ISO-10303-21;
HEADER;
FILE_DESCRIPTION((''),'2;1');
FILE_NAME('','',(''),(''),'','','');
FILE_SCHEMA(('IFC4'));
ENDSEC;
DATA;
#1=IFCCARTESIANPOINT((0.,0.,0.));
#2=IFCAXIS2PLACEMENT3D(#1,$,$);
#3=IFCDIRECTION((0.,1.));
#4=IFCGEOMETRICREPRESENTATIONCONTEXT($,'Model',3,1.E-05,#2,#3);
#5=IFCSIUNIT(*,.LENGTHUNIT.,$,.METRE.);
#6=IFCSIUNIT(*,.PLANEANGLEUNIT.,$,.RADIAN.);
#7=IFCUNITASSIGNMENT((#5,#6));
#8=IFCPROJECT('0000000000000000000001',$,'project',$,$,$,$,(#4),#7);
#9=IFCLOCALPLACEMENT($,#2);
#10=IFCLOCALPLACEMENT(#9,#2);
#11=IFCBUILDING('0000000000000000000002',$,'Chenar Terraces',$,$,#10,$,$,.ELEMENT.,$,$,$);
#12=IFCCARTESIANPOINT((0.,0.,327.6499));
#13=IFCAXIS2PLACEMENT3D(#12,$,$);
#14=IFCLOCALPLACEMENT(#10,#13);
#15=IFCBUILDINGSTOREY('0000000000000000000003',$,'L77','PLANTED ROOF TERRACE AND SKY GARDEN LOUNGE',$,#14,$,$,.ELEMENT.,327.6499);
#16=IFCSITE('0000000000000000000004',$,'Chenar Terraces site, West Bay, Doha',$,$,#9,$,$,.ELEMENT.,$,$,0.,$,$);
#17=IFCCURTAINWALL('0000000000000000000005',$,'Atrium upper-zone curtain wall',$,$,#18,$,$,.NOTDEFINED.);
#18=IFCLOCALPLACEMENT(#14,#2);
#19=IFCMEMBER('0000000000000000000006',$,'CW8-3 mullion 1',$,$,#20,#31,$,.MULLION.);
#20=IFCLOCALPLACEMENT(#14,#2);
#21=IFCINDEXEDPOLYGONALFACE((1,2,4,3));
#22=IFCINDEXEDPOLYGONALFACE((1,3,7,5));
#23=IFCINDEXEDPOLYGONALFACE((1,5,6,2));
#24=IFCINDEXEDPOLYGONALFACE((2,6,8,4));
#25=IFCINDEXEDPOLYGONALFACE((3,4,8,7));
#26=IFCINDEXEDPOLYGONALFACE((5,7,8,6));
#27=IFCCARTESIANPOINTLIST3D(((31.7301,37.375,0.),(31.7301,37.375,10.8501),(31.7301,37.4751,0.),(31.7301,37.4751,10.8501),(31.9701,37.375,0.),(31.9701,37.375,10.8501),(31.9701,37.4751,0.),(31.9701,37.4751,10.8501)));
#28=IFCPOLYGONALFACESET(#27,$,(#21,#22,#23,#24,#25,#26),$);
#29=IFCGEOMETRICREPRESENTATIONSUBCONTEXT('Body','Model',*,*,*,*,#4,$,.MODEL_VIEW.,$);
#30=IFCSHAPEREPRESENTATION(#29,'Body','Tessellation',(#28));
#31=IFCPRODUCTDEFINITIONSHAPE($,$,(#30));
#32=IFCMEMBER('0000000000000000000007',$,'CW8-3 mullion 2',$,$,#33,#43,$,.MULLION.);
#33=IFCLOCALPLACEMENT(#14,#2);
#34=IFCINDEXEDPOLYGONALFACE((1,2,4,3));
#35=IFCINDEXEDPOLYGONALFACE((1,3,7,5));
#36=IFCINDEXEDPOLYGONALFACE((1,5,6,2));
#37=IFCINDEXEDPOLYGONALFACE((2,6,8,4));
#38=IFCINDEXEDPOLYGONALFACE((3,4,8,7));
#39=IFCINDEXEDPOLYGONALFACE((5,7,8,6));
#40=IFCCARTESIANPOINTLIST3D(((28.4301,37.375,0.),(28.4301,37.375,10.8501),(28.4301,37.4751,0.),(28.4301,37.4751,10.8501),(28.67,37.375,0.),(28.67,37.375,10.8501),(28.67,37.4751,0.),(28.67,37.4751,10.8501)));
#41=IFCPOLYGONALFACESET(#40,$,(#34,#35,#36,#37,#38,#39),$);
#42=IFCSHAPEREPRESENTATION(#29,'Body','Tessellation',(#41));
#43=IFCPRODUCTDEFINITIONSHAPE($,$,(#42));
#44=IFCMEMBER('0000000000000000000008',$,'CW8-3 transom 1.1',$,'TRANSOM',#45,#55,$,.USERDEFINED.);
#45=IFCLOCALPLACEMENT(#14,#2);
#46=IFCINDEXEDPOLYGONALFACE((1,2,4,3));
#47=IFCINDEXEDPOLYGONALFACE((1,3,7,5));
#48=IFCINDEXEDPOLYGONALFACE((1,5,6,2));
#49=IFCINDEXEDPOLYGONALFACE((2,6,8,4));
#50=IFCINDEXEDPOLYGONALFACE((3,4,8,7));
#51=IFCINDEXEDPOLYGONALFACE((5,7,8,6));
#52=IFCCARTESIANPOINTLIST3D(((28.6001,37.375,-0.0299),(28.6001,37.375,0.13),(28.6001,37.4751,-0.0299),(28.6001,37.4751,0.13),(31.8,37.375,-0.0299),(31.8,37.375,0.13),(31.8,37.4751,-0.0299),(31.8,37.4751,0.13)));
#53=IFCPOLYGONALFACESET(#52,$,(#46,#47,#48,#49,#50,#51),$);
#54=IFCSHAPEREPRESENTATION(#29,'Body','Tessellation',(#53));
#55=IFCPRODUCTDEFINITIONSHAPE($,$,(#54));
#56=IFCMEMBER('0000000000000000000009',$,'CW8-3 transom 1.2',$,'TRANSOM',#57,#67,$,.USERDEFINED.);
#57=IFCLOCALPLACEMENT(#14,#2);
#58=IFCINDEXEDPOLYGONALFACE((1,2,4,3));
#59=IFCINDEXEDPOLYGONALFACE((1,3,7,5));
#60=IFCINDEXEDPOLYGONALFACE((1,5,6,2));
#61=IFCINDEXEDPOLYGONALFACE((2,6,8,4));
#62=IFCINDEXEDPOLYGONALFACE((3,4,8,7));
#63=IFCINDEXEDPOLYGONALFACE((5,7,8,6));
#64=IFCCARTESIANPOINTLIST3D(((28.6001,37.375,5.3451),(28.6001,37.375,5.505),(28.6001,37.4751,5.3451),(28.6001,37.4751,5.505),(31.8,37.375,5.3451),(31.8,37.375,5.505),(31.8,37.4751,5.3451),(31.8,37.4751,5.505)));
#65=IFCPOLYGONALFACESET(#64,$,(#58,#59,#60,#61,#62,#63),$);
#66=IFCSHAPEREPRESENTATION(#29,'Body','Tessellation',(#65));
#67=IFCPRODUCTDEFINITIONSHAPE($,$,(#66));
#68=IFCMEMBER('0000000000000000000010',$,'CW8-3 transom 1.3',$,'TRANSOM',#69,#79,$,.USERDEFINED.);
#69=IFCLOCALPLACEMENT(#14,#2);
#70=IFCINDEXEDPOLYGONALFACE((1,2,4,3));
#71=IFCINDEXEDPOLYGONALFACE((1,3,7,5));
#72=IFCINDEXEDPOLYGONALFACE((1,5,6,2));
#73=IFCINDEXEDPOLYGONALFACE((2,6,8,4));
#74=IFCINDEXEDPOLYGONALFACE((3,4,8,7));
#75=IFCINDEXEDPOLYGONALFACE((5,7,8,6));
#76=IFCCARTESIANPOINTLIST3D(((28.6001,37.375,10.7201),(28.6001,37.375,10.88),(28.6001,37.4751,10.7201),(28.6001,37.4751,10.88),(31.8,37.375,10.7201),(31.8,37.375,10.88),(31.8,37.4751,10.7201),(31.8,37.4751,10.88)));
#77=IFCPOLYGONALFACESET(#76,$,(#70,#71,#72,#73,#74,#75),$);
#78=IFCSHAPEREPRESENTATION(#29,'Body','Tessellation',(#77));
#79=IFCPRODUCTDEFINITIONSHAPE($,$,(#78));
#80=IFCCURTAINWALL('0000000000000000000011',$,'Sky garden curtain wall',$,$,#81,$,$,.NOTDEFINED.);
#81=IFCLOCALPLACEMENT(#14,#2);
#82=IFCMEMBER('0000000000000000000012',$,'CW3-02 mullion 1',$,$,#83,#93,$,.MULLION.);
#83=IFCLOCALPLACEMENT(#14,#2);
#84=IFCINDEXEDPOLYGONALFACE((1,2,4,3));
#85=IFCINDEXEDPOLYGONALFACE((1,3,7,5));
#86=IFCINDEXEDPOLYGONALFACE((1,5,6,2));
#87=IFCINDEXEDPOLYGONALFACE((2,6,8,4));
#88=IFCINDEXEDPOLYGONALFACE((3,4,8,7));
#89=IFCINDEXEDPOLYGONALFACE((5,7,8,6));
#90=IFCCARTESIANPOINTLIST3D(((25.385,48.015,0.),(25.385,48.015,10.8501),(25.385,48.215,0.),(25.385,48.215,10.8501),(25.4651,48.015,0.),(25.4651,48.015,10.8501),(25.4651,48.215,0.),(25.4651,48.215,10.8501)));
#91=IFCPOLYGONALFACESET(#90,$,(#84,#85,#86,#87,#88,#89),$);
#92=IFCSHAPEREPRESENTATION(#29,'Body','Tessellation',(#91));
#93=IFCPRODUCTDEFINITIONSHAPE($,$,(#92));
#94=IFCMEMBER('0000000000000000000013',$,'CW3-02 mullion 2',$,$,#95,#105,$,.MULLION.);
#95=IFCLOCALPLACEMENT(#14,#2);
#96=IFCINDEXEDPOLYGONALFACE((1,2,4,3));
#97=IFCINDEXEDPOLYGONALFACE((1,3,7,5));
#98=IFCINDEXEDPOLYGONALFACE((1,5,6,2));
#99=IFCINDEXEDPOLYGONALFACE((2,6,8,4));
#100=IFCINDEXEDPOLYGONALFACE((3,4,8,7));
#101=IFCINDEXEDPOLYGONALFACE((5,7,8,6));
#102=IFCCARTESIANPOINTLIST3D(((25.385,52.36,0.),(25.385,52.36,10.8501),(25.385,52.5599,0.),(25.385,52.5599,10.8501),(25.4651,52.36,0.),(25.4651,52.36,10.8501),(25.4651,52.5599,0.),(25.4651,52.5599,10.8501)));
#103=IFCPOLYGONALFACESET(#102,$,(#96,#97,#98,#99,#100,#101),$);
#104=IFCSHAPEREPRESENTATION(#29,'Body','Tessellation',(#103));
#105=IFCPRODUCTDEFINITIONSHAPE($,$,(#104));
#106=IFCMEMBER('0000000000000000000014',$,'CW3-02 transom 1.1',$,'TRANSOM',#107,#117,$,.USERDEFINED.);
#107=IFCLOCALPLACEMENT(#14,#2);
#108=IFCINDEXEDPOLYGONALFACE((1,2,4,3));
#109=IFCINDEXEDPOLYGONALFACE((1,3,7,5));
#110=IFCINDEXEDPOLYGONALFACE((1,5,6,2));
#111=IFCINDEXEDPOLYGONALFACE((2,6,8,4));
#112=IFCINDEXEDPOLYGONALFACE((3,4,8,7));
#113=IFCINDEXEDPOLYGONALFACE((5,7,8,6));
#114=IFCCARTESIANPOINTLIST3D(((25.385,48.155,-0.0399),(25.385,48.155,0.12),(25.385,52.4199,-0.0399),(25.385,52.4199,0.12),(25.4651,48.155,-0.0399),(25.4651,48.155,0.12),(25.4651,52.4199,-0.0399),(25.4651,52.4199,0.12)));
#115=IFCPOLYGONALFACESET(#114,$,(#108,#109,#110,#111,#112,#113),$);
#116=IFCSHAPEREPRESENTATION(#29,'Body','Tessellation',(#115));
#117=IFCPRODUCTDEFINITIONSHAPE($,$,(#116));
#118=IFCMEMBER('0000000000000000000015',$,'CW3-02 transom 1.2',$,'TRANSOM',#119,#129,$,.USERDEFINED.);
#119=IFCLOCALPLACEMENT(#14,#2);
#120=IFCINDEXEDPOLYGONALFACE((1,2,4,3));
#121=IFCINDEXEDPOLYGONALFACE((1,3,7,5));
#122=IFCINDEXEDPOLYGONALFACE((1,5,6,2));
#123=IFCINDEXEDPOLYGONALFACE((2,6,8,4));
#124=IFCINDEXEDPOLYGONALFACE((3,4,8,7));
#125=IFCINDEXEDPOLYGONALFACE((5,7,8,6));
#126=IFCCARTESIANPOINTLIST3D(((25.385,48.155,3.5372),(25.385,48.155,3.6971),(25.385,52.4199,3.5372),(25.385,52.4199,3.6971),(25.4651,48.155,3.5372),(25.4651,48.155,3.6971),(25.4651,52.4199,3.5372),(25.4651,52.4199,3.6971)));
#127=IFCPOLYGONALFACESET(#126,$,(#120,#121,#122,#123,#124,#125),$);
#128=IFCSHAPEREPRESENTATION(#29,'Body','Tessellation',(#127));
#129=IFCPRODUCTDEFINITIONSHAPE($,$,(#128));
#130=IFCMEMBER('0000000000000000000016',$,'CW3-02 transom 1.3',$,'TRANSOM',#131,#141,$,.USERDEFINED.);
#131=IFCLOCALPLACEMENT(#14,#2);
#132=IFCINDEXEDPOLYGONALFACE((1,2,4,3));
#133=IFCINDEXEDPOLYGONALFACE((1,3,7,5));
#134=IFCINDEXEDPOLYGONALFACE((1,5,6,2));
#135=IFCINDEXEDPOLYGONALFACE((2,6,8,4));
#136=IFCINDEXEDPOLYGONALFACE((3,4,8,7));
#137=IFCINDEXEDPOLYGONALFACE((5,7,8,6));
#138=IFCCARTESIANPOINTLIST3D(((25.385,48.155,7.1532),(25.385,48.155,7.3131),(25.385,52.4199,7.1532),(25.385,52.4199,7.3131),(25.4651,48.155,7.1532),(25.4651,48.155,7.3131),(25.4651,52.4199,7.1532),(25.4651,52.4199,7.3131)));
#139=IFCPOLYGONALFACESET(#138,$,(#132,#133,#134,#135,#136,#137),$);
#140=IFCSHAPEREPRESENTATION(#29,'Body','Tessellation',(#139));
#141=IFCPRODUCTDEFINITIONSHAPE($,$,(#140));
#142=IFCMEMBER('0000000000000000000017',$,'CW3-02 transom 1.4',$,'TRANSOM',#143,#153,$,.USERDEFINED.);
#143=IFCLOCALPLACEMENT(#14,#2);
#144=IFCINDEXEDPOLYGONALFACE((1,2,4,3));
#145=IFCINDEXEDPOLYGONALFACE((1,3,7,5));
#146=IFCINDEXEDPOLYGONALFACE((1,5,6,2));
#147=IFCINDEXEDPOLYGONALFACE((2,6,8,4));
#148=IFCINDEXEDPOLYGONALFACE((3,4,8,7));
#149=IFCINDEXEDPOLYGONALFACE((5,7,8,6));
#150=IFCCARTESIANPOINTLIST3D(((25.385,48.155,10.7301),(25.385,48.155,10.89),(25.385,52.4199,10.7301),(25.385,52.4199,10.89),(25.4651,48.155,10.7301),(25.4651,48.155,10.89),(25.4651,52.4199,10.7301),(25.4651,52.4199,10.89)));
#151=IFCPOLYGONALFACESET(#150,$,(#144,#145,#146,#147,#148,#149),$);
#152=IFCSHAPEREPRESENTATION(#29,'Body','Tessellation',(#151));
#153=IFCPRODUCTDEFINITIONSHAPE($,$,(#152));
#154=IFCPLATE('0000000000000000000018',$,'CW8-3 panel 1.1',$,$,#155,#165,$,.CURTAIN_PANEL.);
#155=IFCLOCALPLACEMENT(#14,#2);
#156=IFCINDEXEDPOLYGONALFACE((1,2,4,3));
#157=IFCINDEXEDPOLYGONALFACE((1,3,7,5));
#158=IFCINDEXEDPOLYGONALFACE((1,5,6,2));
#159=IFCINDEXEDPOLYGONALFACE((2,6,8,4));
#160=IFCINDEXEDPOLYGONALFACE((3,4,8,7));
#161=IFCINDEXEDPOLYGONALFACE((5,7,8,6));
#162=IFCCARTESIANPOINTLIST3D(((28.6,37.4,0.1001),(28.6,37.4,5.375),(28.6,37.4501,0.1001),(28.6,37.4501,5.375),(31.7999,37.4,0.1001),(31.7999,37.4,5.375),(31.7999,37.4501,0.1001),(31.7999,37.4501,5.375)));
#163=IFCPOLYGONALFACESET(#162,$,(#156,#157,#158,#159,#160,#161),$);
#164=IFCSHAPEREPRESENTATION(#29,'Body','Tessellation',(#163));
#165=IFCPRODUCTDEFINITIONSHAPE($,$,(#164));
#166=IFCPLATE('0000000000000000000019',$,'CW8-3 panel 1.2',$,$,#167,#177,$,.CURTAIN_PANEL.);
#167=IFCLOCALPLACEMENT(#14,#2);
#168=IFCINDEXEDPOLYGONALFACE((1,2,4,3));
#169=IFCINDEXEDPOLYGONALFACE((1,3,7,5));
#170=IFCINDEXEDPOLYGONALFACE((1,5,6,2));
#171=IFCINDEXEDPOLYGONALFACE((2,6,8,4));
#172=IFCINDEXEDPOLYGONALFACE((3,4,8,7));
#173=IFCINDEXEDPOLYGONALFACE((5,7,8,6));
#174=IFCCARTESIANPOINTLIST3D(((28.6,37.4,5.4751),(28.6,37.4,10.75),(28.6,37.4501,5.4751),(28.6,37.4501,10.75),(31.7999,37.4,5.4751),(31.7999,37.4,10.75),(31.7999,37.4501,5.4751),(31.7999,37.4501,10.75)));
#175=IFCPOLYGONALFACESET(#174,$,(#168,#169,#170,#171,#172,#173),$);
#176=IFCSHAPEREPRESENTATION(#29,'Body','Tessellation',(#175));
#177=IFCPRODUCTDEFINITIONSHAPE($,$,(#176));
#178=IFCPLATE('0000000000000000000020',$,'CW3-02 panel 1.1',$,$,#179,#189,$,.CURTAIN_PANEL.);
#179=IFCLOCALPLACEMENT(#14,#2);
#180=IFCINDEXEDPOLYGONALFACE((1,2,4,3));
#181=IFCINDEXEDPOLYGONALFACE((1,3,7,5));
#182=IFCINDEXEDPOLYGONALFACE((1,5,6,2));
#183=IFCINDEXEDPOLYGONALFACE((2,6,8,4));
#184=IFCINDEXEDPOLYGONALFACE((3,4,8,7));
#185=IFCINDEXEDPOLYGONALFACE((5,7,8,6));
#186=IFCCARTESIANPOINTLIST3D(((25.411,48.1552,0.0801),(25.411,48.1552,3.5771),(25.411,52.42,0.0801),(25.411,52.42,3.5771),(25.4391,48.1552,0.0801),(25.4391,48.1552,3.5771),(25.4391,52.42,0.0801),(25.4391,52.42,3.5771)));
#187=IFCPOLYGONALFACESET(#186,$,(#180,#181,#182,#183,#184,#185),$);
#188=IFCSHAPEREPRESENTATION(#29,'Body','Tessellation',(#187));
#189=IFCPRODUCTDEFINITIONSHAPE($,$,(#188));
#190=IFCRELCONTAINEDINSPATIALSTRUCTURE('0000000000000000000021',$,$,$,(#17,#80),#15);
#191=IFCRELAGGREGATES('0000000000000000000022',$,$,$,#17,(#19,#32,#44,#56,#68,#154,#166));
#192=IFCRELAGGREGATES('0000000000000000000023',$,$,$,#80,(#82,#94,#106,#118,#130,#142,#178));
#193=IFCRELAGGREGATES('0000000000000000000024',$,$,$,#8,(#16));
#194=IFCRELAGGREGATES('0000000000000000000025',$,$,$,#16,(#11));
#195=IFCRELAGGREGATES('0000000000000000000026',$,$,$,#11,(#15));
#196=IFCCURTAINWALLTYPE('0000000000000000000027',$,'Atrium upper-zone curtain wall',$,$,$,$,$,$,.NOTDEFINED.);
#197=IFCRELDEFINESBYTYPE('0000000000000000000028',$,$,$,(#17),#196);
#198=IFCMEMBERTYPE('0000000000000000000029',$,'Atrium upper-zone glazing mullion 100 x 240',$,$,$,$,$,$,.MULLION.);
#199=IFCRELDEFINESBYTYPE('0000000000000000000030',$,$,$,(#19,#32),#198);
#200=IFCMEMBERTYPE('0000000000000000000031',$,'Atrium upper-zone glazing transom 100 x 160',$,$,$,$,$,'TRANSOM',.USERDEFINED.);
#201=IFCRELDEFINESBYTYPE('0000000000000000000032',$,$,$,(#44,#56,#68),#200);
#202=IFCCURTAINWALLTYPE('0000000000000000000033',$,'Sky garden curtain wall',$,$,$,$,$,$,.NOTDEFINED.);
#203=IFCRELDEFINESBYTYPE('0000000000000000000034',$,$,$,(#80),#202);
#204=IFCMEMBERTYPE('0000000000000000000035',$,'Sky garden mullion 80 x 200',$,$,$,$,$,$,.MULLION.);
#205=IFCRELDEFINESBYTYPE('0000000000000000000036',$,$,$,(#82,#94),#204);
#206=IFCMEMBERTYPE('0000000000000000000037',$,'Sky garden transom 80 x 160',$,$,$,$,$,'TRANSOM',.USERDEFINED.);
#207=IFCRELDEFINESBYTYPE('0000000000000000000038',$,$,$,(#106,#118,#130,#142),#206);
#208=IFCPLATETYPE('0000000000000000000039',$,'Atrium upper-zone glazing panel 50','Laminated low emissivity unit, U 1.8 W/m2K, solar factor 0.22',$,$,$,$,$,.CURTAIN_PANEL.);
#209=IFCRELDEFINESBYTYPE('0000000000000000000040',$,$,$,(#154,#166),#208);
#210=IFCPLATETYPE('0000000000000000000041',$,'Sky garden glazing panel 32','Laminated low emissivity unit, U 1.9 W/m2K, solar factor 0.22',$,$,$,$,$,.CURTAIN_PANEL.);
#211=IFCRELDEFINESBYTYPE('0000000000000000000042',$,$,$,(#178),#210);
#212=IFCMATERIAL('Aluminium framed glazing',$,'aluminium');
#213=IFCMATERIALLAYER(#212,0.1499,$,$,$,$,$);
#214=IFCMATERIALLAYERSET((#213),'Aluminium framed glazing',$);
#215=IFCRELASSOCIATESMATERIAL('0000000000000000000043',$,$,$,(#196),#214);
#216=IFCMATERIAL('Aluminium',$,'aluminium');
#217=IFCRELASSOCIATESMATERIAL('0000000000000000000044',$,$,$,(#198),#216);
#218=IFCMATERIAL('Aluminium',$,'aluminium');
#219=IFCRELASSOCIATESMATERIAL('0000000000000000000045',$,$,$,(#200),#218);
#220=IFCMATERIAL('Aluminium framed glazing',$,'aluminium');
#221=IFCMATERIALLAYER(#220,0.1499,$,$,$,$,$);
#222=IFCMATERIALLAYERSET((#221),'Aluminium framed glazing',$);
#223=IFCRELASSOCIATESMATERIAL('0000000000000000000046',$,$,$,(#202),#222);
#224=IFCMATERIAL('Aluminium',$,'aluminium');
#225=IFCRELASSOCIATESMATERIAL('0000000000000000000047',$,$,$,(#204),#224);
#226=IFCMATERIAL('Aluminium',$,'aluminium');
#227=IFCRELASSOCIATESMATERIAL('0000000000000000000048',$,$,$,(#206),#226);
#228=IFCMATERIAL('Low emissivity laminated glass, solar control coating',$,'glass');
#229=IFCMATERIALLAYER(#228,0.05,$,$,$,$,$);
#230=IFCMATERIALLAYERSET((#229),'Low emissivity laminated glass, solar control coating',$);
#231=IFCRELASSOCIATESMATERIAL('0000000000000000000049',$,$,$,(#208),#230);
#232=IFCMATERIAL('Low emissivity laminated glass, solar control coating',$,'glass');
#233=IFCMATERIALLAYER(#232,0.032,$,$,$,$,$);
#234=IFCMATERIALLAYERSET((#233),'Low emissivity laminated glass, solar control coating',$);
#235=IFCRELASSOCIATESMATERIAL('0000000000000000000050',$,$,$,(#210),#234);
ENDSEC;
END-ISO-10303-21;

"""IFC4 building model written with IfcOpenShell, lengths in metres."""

from ifc_helpers import new_model, si_unit, direction, frame, origin, origin_2d, place, context, subcontext, project, spatial, rectangle, extrude, material, layer, layer_set, material_profile, profile_set, type_object, element, aggregate, save


model = new_model("IFC4")

# Units and contexts
model_context = context("Model", 3, precision=1e-05, world=origin(), true_north=direction((0.0, 1.0)))
body_context = subcontext(model_context, "Body", "Model", "MODEL_VIEW")
ifc_project = project(units=[si_unit("LENGTHUNIT", "METRE"), si_unit("PLANEANGLEUNIT", "RADIAN")], contexts=[model_context])

# Site, building, storey
site_placement = place(None, origin())
site = spatial("IfcSite", under=ifc_project, at=site_placement, Name="Chenar Terraces site, West Bay, Doha", CompositionType="ELEMENT", RefElevation=0.0)
building_placement = place(site_placement, origin())
building = spatial("IfcBuilding", under=site, at=building_placement, Name="Chenar Terraces", CompositionType="ELEMENT")
storey_placement = place(building_placement, frame((0.0, 0.0, 327.6499)))
storey = spatial("IfcBuildingStorey", under=building, at=storey_placement, Name="L77", Description="PLANTED ROOF TERRACE AND SKY GARDEN LOUNGE", CompositionType="ELEMENT", Elevation=327.6499)

# Curtain walls, members
ifc_material_1 = material(Name="Aluminium framed glazing", Category="aluminium")
ifc_layer_1 = layer(ifc_material_1, 0.1499)
ifc_layer_set_1 = layer_set([ifc_layer_1], Name="Aluminium framed glazing")
curtain_wall_type_1 = type_object("IfcCurtainWallType", Name="Atrium upper-zone curtain wall", PredefinedType="NOTDEFINED", material=ifc_layer_set_1)
placement = place(storey_placement, origin())
curtain_wall_1 = element("IfcCurtainWall", 1, at=placement, inside=storey, type_object=curtain_wall_type_1, Name="Atrium upper-zone curtain wall", PredefinedType="NOTDEFINED")
ifc_material_2 = material(Name="Aluminium", Category="aluminium")
ifc_material_profile_1 = material_profile(ifc_material_2, rectangle(XDim=0.1001, YDim=0.24, at=origin_2d()), Name="Atrium upper-zone glazing mullion 100 x 240")
ifc_profile_set_1 = profile_set([ifc_material_profile_1], Name="Aluminium")
member_type_1 = type_object("IfcMemberType", Name="Atrium upper-zone glazing mullion 100 x 240", PredefinedType="MULLION", material=ifc_profile_set_1)
member_1_placement = place(storey_placement, frame((31.8501, 37.425, 0.0), z_axis=(0.0, 0.0, 1.0), x_axis=(0.0, -1.0, 0.0)))
member_1 = element("IfcMember", 2, at=member_1_placement, type_object=member_type_1, Name="CW8-3 mullion 1", PredefinedType="MULLION", context=body_context, shape_type="SweptSolid", body=[
    extrude(rectangle(XDim=0.1001, YDim=0.24, at=origin_2d()), origin(), (0.0, 0.0, 1.0), 10.8501),
])
member_2_placement = place(storey_placement, frame((28.55, 37.425, 0.0), z_axis=(0.0, 0.0, 1.0), x_axis=(0.0, -1.0, 0.0)))
member_2 = element("IfcMember", 3, at=member_2_placement, type_object=member_type_1, Name="CW8-3 mullion 2", PredefinedType="MULLION", context=body_context, shape_type="SweptSolid", body=[
    extrude(rectangle(XDim=0.1001, YDim=0.24, at=origin_2d()), origin(), (0.0, 0.0, 1.0), 10.8501),
])
ifc_material_3 = material(Name="Aluminium", Category="aluminium")
ifc_material_profile_2 = material_profile(ifc_material_3, rectangle(XDim=0.1001, YDim=0.1599, at=origin_2d()), Name="Atrium upper-zone glazing transom 100 x 160")
ifc_profile_set_2 = profile_set([ifc_material_profile_2], Name="Aluminium")
member_type_2 = type_object("IfcMemberType", Name="Atrium upper-zone glazing transom 100 x 160", ElementType="TRANSOM", PredefinedType="USERDEFINED", material=ifc_profile_set_2)
member_3_placement = place(storey_placement, frame((31.8, 37.425, 0.05), z_axis=(-1.0, 0.0, 0.0), x_axis=(0.0, -1.0, 0.0)))
member_3 = element("IfcMember", 4, at=member_3_placement, type_object=member_type_2, Name="CW8-3 transom 1.1", ObjectType="TRANSOM", PredefinedType="USERDEFINED", context=body_context, shape_type="SweptSolid", body=[
    extrude(rectangle(XDim=0.1001, YDim=0.1599, at=origin_2d()), origin(), (0.0, 0.0, 1.0), 3.2),
])
member_4_placement = place(storey_placement, frame((31.8, 37.425, 5.425), z_axis=(-1.0, 0.0, 0.0), x_axis=(0.0, -1.0, 0.0)))
member_4 = element("IfcMember", 5, at=member_4_placement, type_object=member_type_2, Name="CW8-3 transom 1.2", ObjectType="TRANSOM", PredefinedType="USERDEFINED", context=body_context, shape_type="SweptSolid", body=[
    extrude(rectangle(XDim=0.1001, YDim=0.1599, at=origin_2d()), origin(), (0.0, 0.0, 1.0), 3.2),
])
member_5_placement = place(storey_placement, frame((31.8, 37.425, 10.8), z_axis=(-1.0, 0.0, 0.0), x_axis=(0.0, -1.0, 0.0)))
member_5 = element("IfcMember", 6, at=member_5_placement, type_object=member_type_2, Name="CW8-3 transom 1.3", ObjectType="TRANSOM", PredefinedType="USERDEFINED", context=body_context, shape_type="SweptSolid", body=[
    extrude(rectangle(XDim=0.1001, YDim=0.1599, at=origin_2d()), origin(), (0.0, 0.0, 1.0), 3.2),
])
ifc_material_4 = material(Name="Aluminium framed glazing", Category="aluminium")
ifc_layer_2 = layer(ifc_material_4, 0.1499)
ifc_layer_set_2 = layer_set([ifc_layer_2], Name="Aluminium framed glazing")
curtain_wall_type_2 = type_object("IfcCurtainWallType", Name="Sky garden curtain wall", PredefinedType="NOTDEFINED", material=ifc_layer_set_2)
curtain_wall_2 = element("IfcCurtainWall", 7, at=placement, inside=storey, type_object=curtain_wall_type_2, Name="Sky garden curtain wall", PredefinedType="NOTDEFINED")
ifc_material_5 = material(Name="Aluminium", Category="aluminium")
ifc_material_profile_3 = material_profile(ifc_material_5, rectangle(XDim=0.0801, YDim=0.2, at=origin_2d()), Name="Sky garden mullion 80 x 200")
ifc_profile_set_3 = profile_set([ifc_material_profile_3], Name="Aluminium")
member_type_3 = type_object("IfcMemberType", Name="Sky garden mullion 80 x 200", PredefinedType="MULLION", material=ifc_profile_set_3)
member_6_placement = place(storey_placement, frame((25.425, 48.115, 0.0), z_axis=(0.0, 0.0, 1.0), x_axis=(-1.0, 0.0, 0.0)))
member_6 = element("IfcMember", 8, at=member_6_placement, type_object=member_type_3, Name="CW3-02 mullion 1", PredefinedType="MULLION", context=body_context, shape_type="SweptSolid", body=[
    extrude(rectangle(XDim=0.0801, YDim=0.2, at=origin_2d()), origin(), (0.0, 0.0, 1.0), 10.8501),
])
member_7_placement = place(storey_placement, frame((25.425, 52.46, 0.0), z_axis=(0.0, 0.0, 1.0), x_axis=(-1.0, 0.0, 0.0)))
member_7 = element("IfcMember", 9, at=member_7_placement, type_object=member_type_3, Name="CW3-02 mullion 2", PredefinedType="MULLION", context=body_context, shape_type="SweptSolid", body=[
    extrude(rectangle(XDim=0.0801, YDim=0.2, at=origin_2d()), origin(), (0.0, 0.0, 1.0), 10.8501),
])
ifc_material_6 = material(Name="Aluminium", Category="aluminium")
ifc_material_profile_4 = material_profile(ifc_material_6, rectangle(XDim=0.0801, YDim=0.1599, at=origin_2d()), Name="Sky garden transom 80 x 160")
ifc_profile_set_4 = profile_set([ifc_material_profile_4], Name="Aluminium")
member_type_4 = type_object("IfcMemberType", Name="Sky garden transom 80 x 160", ElementType="TRANSOM", PredefinedType="USERDEFINED", material=ifc_profile_set_4)
member_8_placement = place(storey_placement, frame((25.425, 48.155, 0.04), z_axis=(0.0, 1.0, 0.0), x_axis=(-1.0, 0.0, 0.0)))
member_8 = element("IfcMember", 10, at=member_8_placement, type_object=member_type_4, Name="CW3-02 transom 1.1", ObjectType="TRANSOM", PredefinedType="USERDEFINED", context=body_context, shape_type="SweptSolid", body=[
    extrude(rectangle(XDim=0.0801, YDim=0.1599, at=origin_2d()), origin(), (0.0, 0.0, 1.0), 4.2649),
])
member_9_placement = place(storey_placement, frame((25.425, 48.155, 3.6172), z_axis=(0.0, 1.0, 0.0), x_axis=(-1.0, 0.0, 0.0)))
member_9 = element("IfcMember", 11, at=member_9_placement, type_object=member_type_4, Name="CW3-02 transom 1.2", ObjectType="TRANSOM", PredefinedType="USERDEFINED", context=body_context, shape_type="SweptSolid", body=[
    extrude(rectangle(XDim=0.0801, YDim=0.1599, at=origin_2d()), origin(), (0.0, 0.0, 1.0), 4.2649),
])
member_10_placement = place(storey_placement, frame((25.425, 48.155, 7.2332), z_axis=(0.0, 1.0, 0.0), x_axis=(-1.0, 0.0, 0.0)))
member_10 = element("IfcMember", 12, at=member_10_placement, type_object=member_type_4, Name="CW3-02 transom 1.3", ObjectType="TRANSOM", PredefinedType="USERDEFINED", context=body_context, shape_type="SweptSolid", body=[
    extrude(rectangle(XDim=0.0801, YDim=0.1599, at=origin_2d()), origin(), (0.0, 0.0, 1.0), 4.2649),
])
member_11_placement = place(storey_placement, frame((25.425, 48.155, 10.8101), z_axis=(0.0, 1.0, 0.0), x_axis=(-1.0, 0.0, 0.0)))
member_11 = element("IfcMember", 13, at=member_11_placement, type_object=member_type_4, Name="CW3-02 transom 1.4", ObjectType="TRANSOM", PredefinedType="USERDEFINED", context=body_context, shape_type="SweptSolid", body=[
    extrude(rectangle(XDim=0.0801, YDim=0.1599, at=origin_2d()), origin(), (0.0, 0.0, 1.0), 4.2649),
])

# Plates
ifc_material_7 = material(Name="Low emissivity laminated glass, solar control coating", Category="glass")
ifc_layer_3 = layer(ifc_material_7, 0.05)
ifc_layer_set_3 = layer_set([ifc_layer_3], Name="Low emissivity laminated glass, solar control coating")
plate_type_1 = type_object("IfcPlateType", Name="Atrium upper-zone glazing panel 50", Description="Laminated low emissivity unit, U 1.8 W/m2K, solar factor 0.22", PredefinedType="CURTAIN_PANEL", material=ifc_layer_set_3)
plate_1_placement = place(storey_placement, frame((30.2, 37.425, 0.1001), z_axis=(0.0, 0.0, 1.0), x_axis=(-1.0, 0.0, 0.0)))
plate_1 = element("IfcPlate", 14, at=plate_1_placement, type_object=plate_type_1, Name="CW8-3 panel 1.1", PredefinedType="CURTAIN_PANEL", context=body_context, shape_type="SweptSolid", body=[
    extrude(rectangle(XDim=3.2, YDim=0.05, at=origin_2d()), origin(), (0.0, 0.0, 1.0), 5.2749),
])
plate_2_placement = place(storey_placement, frame((30.2, 37.425, 5.4751), z_axis=(0.0, 0.0, 1.0), x_axis=(-1.0, 0.0, 0.0)))
plate_2 = element("IfcPlate", 15, at=plate_2_placement, type_object=plate_type_1, Name="CW8-3 panel 1.2", PredefinedType="CURTAIN_PANEL", context=body_context, shape_type="SweptSolid", body=[
    extrude(rectangle(XDim=3.2, YDim=0.05, at=origin_2d()), origin(), (0.0, 0.0, 1.0), 5.2749),
])
aggregate(curtain_wall_1, [member_1, member_2, member_3, member_4, member_5, plate_1, plate_2])
ifc_material_8 = material(Name="Low emissivity laminated glass, solar control coating", Category="glass")
ifc_layer_4 = layer(ifc_material_8, 0.032)
ifc_layer_set_4 = layer_set([ifc_layer_4], Name="Low emissivity laminated glass, solar control coating")
plate_type_2 = type_object("IfcPlateType", Name="Sky garden glazing panel 32", Description="Laminated low emissivity unit, U 1.9 W/m2K, solar factor 0.22", PredefinedType="CURTAIN_PANEL", material=ifc_layer_set_4)
plate_3_placement = place(storey_placement, frame((25.425, 50.2876, 0.0801), z_axis=(0.0, 0.0, 1.0), x_axis=(0.0, 1.0, 0.0)))
plate_3 = element("IfcPlate", 16, at=plate_3_placement, type_object=plate_type_2, Name="CW3-02 panel 1.1", PredefinedType="CURTAIN_PANEL", context=body_context, shape_type="SweptSolid", body=[
    extrude(rectangle(XDim=4.2649, YDim=0.0281, at=origin_2d()), origin(), (0.0, 0.0, 1.0), 3.4971),
])
aggregate(curtain_wall_2, [member_6, member_7, member_8, member_9, member_10, member_11, plate_3])

save(model, "model.ifc")
